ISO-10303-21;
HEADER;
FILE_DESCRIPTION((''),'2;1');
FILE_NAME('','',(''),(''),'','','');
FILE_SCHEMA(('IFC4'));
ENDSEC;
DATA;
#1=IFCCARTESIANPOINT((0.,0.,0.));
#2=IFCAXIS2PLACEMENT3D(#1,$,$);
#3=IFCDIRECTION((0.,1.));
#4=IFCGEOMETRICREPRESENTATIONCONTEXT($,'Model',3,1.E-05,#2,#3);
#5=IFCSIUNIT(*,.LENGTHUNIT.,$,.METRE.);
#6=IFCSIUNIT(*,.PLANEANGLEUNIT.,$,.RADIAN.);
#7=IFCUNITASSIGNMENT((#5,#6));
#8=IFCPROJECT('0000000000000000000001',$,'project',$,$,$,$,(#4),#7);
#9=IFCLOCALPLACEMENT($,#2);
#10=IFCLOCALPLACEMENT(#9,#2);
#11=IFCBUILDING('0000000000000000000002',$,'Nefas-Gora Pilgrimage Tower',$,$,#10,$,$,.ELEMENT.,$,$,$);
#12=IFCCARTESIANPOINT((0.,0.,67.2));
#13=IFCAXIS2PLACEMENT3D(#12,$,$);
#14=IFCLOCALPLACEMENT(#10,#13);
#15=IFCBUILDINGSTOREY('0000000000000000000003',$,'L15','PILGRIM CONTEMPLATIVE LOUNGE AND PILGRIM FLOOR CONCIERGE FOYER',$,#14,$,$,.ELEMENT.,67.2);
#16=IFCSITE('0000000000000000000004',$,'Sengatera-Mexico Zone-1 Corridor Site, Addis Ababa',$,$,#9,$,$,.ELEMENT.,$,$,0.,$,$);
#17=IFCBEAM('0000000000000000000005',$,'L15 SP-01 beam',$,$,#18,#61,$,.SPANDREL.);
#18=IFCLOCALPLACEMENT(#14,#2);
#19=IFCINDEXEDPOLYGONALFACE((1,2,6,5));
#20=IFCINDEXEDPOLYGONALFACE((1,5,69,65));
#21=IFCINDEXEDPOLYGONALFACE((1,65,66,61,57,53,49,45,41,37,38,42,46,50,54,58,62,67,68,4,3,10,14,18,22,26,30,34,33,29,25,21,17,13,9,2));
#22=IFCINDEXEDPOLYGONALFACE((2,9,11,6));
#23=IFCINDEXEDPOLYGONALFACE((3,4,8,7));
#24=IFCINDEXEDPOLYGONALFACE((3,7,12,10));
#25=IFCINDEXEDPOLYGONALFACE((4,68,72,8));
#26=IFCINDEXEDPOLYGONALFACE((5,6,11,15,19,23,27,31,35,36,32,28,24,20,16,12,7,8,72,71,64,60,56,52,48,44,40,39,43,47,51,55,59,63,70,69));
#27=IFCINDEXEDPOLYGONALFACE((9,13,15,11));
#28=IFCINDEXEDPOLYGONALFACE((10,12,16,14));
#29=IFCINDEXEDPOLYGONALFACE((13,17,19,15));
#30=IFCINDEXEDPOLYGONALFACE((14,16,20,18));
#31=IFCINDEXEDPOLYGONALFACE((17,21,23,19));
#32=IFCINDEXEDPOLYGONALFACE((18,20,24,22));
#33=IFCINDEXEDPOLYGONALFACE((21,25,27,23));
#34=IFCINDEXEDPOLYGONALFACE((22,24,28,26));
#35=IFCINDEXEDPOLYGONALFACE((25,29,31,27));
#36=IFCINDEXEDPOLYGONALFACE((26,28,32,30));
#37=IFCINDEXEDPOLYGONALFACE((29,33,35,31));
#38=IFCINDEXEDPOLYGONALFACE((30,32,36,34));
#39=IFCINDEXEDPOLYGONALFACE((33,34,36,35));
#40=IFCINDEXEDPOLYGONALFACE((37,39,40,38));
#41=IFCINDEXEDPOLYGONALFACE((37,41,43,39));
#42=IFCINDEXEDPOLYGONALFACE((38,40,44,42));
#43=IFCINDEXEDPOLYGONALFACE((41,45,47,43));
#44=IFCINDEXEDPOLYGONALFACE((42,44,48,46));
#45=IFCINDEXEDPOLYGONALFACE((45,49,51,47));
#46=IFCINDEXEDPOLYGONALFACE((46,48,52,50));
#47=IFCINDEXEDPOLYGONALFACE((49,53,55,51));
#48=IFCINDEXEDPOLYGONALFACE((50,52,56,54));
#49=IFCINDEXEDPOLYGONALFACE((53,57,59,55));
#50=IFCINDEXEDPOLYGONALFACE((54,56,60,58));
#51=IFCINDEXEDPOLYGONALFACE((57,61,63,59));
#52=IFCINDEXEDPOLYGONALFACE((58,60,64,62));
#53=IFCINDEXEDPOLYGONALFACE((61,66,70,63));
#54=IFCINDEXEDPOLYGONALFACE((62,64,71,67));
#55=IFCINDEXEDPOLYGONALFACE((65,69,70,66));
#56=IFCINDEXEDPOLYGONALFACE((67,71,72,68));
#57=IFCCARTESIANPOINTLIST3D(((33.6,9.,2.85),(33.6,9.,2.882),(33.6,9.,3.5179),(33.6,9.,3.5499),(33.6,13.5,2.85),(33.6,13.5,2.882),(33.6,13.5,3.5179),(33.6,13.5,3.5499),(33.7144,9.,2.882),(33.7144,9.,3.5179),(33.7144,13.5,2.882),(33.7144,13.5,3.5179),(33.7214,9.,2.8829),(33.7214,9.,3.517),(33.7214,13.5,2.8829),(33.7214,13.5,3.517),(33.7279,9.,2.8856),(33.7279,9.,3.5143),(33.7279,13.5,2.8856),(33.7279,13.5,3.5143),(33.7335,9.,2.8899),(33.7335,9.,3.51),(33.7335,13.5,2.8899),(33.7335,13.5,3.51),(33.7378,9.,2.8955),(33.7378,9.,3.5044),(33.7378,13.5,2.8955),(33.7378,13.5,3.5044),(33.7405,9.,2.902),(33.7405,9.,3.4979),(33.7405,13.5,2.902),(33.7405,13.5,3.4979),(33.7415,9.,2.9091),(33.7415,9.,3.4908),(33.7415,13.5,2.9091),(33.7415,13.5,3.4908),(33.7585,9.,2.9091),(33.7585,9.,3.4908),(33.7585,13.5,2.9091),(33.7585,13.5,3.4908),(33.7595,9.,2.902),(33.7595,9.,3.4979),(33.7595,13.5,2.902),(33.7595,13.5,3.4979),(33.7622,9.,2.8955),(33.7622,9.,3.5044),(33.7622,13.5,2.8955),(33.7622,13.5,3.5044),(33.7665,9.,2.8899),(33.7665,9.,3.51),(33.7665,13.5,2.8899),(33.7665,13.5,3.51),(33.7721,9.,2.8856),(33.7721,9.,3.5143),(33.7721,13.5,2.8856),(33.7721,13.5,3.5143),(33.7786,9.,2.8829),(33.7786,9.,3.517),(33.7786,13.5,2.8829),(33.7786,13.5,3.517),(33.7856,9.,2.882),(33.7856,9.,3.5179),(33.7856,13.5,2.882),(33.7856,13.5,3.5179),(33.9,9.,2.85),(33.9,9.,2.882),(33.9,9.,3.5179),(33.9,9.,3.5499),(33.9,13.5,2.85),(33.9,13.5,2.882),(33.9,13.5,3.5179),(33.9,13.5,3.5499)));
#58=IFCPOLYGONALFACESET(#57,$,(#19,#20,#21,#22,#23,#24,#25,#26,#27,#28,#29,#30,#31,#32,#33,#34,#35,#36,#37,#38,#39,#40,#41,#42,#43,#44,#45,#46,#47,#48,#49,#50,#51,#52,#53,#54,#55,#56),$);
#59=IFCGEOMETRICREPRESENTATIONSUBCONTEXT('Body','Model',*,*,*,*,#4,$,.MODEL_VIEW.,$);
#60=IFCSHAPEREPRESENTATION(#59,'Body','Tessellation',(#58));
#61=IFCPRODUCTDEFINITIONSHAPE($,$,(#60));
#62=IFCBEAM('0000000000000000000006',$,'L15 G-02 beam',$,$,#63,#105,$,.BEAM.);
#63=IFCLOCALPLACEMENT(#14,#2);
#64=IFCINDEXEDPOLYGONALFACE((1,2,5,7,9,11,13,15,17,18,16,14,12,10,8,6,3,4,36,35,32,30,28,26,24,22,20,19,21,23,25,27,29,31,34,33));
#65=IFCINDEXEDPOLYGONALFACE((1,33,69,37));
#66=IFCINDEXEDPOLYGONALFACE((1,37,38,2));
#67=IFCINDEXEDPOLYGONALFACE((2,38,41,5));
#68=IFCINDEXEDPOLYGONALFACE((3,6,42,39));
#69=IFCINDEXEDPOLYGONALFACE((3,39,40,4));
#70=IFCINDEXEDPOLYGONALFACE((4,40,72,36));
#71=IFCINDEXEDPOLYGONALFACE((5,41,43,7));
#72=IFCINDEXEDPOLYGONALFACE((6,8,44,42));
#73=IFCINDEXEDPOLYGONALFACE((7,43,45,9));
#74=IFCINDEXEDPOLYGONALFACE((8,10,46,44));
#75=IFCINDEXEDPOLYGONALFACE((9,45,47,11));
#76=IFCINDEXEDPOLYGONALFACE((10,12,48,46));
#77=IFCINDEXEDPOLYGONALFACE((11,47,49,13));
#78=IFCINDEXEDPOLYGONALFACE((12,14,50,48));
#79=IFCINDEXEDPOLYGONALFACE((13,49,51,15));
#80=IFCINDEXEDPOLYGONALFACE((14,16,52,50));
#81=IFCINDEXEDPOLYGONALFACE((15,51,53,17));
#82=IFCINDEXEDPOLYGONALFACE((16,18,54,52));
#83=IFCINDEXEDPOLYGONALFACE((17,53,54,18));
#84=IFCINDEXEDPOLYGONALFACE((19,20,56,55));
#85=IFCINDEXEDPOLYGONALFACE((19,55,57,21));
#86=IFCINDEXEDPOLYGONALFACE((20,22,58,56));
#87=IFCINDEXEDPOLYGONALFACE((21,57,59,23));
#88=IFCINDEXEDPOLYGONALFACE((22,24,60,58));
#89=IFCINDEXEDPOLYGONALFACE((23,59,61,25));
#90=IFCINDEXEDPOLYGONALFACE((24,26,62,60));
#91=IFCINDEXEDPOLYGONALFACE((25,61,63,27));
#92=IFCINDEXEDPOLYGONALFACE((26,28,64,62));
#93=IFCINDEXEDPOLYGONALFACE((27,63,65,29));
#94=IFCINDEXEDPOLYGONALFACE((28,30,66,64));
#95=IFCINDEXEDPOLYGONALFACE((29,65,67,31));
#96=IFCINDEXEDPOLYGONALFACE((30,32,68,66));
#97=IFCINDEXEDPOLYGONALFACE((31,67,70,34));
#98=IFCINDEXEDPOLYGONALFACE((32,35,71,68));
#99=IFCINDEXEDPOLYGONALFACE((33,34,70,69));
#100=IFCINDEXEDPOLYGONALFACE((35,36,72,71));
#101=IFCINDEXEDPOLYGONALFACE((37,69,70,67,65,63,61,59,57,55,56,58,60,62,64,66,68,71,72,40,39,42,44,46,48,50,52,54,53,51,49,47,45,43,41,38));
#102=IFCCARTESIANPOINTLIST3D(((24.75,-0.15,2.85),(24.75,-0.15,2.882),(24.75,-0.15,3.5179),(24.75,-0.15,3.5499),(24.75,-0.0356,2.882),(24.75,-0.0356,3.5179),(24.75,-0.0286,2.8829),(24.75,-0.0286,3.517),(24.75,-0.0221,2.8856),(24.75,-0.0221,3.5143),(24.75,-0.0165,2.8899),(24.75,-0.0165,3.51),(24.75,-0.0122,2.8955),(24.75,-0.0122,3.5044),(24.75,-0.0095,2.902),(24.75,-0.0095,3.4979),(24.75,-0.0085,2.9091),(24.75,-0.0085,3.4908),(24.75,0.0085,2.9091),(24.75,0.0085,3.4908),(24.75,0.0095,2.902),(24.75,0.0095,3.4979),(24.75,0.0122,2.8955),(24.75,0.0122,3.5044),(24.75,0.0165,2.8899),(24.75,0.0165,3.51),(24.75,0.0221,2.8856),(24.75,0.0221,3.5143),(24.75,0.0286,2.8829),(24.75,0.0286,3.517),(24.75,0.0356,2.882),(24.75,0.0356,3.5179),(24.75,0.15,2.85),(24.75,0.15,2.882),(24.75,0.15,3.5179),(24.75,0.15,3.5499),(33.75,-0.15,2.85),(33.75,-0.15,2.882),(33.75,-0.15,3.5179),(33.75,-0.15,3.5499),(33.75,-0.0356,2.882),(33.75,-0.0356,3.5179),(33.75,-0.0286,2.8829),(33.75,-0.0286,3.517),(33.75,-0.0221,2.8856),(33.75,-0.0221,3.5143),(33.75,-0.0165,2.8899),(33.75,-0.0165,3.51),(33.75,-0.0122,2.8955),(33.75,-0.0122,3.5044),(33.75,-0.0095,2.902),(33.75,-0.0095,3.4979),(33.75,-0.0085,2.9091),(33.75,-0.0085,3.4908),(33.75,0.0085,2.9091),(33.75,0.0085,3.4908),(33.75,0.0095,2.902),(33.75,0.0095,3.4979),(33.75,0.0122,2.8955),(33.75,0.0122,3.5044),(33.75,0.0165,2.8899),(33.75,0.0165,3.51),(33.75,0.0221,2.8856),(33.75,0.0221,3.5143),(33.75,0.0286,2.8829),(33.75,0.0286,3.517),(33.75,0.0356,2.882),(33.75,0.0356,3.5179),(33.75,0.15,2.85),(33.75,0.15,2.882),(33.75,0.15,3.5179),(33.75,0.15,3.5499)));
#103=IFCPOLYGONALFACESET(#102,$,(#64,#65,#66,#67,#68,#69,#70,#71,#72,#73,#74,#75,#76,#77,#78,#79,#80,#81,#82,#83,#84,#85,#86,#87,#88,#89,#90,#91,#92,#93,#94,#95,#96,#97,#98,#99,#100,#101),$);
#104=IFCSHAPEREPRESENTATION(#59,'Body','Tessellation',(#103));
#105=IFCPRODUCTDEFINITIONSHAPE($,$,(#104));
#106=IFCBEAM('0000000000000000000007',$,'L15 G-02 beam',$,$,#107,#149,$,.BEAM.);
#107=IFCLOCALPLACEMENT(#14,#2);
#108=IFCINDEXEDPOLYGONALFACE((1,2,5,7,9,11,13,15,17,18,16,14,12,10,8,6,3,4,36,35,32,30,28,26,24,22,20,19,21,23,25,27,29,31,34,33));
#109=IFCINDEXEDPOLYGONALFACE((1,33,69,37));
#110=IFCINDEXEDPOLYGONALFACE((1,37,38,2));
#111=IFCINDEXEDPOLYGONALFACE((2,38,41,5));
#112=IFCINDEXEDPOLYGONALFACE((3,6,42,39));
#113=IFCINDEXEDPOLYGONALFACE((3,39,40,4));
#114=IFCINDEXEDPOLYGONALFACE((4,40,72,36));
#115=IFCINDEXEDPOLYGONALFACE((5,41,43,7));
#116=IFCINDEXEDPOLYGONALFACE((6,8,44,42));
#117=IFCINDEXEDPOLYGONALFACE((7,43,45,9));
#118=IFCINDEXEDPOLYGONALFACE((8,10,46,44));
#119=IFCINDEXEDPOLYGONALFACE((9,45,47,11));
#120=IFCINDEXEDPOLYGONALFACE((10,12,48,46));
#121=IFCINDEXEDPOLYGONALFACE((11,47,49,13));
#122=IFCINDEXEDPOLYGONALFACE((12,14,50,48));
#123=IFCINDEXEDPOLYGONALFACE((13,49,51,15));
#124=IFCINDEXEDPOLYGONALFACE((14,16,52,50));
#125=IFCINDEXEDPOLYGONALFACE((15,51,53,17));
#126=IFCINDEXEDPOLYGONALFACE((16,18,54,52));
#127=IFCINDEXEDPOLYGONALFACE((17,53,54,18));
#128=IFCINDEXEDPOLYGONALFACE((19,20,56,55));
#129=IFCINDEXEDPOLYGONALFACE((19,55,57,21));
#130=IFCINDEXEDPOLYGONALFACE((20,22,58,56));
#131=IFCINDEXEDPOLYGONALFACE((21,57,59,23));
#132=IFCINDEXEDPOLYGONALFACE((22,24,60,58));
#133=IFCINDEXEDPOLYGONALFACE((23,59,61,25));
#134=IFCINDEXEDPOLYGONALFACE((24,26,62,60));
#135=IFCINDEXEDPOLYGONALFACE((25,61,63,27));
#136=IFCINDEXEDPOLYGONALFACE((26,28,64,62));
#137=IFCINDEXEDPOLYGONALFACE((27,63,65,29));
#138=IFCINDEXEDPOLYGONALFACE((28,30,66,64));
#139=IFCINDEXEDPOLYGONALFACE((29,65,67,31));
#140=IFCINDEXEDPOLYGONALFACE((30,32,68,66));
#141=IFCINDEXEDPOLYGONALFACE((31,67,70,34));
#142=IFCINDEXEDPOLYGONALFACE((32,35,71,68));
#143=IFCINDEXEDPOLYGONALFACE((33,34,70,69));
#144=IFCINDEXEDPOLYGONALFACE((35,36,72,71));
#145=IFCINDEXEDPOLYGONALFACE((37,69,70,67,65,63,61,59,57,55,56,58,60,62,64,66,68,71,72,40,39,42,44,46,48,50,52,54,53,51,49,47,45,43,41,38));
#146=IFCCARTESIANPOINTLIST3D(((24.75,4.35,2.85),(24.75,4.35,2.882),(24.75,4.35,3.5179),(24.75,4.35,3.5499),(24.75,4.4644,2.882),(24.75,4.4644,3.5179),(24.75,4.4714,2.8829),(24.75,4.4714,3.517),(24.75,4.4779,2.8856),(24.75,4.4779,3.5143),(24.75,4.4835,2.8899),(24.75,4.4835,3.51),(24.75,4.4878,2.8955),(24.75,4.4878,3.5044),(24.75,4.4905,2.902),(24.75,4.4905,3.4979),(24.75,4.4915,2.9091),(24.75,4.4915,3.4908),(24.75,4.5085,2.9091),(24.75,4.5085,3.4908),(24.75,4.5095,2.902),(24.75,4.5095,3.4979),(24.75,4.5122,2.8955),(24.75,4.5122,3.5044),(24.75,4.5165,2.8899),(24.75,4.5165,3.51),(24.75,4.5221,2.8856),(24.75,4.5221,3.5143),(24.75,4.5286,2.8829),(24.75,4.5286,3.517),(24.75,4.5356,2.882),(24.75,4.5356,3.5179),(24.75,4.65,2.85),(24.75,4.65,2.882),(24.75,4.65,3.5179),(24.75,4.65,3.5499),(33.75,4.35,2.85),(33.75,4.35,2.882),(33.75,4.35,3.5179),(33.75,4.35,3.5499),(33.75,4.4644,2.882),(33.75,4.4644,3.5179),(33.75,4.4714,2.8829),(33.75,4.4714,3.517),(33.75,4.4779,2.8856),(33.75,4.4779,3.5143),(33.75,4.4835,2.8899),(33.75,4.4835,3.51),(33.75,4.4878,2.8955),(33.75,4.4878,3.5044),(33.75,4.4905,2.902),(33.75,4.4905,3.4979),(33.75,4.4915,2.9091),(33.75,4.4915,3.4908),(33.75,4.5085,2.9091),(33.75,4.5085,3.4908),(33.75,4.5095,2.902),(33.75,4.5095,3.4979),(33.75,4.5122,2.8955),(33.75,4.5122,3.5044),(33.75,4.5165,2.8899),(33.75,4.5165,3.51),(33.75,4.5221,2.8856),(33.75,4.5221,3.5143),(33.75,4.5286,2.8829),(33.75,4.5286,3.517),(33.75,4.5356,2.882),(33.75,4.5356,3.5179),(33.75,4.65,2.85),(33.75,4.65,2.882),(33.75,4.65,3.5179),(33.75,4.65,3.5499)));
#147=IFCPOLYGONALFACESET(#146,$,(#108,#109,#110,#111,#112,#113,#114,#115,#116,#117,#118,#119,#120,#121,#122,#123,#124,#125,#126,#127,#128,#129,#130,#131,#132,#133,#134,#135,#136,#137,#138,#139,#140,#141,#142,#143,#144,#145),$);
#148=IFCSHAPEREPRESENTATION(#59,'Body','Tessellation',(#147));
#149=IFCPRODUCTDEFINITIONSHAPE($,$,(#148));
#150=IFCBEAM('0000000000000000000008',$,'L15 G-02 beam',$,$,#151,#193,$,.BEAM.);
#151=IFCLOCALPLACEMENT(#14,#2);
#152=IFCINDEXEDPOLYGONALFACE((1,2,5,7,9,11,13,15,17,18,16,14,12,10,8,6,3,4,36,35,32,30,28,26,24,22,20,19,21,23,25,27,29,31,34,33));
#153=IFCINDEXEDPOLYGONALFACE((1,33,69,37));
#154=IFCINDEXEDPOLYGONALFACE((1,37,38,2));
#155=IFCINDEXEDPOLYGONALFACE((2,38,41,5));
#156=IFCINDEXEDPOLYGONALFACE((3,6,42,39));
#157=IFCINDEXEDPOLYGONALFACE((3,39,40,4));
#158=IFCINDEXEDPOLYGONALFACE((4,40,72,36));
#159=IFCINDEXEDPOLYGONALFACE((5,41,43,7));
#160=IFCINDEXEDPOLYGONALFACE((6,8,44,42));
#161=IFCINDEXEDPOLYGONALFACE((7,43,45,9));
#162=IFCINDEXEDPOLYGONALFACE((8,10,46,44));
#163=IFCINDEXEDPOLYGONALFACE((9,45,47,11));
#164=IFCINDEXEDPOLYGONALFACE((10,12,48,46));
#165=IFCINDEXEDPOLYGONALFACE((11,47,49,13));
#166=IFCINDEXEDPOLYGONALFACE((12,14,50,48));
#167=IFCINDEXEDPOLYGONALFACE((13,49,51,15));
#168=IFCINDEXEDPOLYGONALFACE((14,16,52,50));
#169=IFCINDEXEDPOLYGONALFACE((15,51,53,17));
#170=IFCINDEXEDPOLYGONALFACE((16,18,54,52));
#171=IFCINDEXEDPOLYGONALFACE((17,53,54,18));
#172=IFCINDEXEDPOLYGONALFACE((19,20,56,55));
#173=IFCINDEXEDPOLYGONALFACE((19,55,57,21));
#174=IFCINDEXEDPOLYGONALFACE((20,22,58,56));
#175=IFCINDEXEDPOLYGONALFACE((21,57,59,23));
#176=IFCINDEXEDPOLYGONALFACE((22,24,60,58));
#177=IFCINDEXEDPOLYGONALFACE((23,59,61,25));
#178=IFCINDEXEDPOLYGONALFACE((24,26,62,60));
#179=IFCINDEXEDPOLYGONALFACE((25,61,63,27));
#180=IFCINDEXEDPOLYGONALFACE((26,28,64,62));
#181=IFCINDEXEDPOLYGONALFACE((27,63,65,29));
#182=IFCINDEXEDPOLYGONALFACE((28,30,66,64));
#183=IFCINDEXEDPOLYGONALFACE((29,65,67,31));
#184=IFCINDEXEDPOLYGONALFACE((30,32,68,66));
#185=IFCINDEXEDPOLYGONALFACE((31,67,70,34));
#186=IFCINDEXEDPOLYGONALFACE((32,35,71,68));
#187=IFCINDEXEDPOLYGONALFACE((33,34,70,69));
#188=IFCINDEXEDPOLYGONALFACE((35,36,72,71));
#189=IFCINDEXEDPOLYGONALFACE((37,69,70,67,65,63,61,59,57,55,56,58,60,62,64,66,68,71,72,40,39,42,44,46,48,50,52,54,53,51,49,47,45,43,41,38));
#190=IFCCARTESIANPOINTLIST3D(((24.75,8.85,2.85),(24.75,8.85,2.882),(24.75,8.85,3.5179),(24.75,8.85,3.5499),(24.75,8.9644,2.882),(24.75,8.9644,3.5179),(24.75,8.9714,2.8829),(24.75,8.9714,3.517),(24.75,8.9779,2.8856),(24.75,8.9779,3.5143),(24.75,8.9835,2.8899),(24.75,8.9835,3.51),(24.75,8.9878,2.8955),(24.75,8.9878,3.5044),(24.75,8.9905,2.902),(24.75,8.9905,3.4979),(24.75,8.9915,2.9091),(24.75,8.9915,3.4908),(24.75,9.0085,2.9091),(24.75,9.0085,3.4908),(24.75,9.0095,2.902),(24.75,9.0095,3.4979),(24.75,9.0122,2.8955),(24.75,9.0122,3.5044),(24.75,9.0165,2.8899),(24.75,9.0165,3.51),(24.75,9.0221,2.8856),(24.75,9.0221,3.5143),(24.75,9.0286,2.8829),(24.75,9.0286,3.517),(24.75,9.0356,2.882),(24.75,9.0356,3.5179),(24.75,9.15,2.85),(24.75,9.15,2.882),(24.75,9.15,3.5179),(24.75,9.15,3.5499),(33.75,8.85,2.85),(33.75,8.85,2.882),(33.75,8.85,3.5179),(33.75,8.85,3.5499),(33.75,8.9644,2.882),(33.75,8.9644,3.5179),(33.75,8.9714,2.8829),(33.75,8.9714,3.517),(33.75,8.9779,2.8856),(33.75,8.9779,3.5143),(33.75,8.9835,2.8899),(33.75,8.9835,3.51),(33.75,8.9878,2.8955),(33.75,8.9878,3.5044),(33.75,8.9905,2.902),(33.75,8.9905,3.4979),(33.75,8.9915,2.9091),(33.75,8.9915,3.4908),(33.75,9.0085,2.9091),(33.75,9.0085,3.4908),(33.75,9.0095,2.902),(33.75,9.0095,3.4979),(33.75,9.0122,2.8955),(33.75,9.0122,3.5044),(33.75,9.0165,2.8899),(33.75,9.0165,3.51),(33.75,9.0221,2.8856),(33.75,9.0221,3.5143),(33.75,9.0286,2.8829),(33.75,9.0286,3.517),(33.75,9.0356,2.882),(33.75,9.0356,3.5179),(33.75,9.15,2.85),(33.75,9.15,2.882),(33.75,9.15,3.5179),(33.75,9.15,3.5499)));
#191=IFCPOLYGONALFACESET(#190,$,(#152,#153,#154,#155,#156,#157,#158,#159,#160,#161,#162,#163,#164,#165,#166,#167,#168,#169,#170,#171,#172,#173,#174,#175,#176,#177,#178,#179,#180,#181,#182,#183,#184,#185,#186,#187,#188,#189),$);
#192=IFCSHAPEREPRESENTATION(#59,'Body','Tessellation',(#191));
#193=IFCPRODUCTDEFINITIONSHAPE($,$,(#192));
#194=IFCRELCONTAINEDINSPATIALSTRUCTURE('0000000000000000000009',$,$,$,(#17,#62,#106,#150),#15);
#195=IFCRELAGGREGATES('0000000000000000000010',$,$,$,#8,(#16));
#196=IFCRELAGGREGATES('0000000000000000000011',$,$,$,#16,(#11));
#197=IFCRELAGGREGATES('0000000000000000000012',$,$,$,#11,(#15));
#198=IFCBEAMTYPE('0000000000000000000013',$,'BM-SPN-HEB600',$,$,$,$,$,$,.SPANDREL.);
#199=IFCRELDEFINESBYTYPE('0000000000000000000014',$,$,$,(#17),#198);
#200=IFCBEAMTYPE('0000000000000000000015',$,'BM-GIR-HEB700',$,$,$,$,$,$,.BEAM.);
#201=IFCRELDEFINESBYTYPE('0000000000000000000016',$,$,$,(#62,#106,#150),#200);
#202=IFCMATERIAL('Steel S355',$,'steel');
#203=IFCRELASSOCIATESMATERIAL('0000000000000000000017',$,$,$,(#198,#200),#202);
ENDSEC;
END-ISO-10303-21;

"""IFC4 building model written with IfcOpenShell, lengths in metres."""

from ifc_helpers import new_model, si_unit, direction, frame, origin, origin_2d, place, context, subcontext, project, spatial, i_section, extrude, source, transform, mapped, material, material_profile, profile_set, type_object, element, save


model = new_model("IFC4")

# Units and contexts
model_context = context("Model", 3, precision=1e-05, world=origin(), true_north=direction((0.0, 1.0)))
body_context = subcontext(model_context, "Body", "Model", "MODEL_VIEW")
ifc_project = project(units=[si_unit("LENGTHUNIT", "METRE"), si_unit("PLANEANGLEUNIT", "RADIAN")], contexts=[model_context])

# Site, building, storey
site_placement = place(None, origin())
site = spatial("IfcSite", under=ifc_project, at=site_placement, Name="Sengatera-Mexico Zone-1 Corridor Site, Addis Ababa", CompositionType="ELEMENT", RefElevation=0.0)
building_placement = place(site_placement, origin())
building = spatial("IfcBuilding", under=site, at=building_placement, Name="Nefas-Gora Pilgrimage Tower", CompositionType="ELEMENT")
storey_placement = place(building_placement, frame((0.0, 0.0, 67.2)))
storey = spatial("IfcBuildingStorey", under=building, at=storey_placement, Name="L15", Description="PILGRIM CONTEMPLATIVE LOUNGE AND PILGRIM FLOOR CONCIERGE FOYER", CompositionType="ELEMENT", Elevation=67.2)

# Beams
ifc_material_1 = material(Name="Steel S355", Category="steel")
ifc_material_profile_1 = material_profile(ifc_material_1, i_section(OverallWidth=0.3, OverallDepth=0.7, WebThickness=0.0171, FlangeThickness=0.032, FilletRadius=0.0271, at=origin_2d()), Name="HEB 700")
ifc_profile_set_1 = profile_set([ifc_material_profile_1], Name="Steel S355")
beam_type_1 = type_object("IfcBeamType", Name="BM-SPN-HEB600", PredefinedType="SPANDREL", material=ifc_profile_set_1)
shared_shape_1 = source(origin(), body_context, "Body", "SweptSolid", [
    extrude(i_section(OverallWidth=0.3, OverallDepth=0.7, WebThickness=0.0171, FlangeThickness=0.032, FilletRadius=0.0271, at=origin_2d()), origin(), (0.0, 0.0, 1.0), 4.5),
])
for number, where, z_axis, x_axis, name in (
    (1, (33.75, 9.0, 3.2), (0.0, 1.0, 0.0), (-1.0, 0.0, 0.0), "L15 SP-01 beam"),
):
    element("IfcBeam", number, at=place(storey_placement, frame(where, z_axis=z_axis, x_axis=x_axis)), inside=storey, type_object=beam_type_1, Name=name, PredefinedType="SPANDREL", context=body_context, shape_type="MappedRepresentation", body=[
        mapped(shared_shape_1, transform((0.0, 0.0, 0.0), x_axis=(1.0, 0.0, 0.0), y_axis=(0.0, 1.0, 0.0), z_axis=(0.0, 0.0, 1.0), scale=1.0)),
    ])
ifc_material_profile_2 = material_profile(ifc_material_1, i_section(OverallWidth=0.3, OverallDepth=0.7, WebThickness=0.0171, FlangeThickness=0.032, FilletRadius=0.0271, at=origin_2d()), Name="HEB 700")
ifc_profile_set_2 = profile_set([ifc_material_profile_2], Name="Steel S355")
beam_type_2 = type_object("IfcBeamType", Name="BM-GIR-HEB700", PredefinedType="BEAM", material=ifc_profile_set_2)
shared_shape_2 = source(origin(), body_context, "Body", "SweptSolid", [
    extrude(i_section(OverallWidth=0.3, OverallDepth=0.7, WebThickness=0.0171, FlangeThickness=0.032, FilletRadius=0.0271, at=origin_2d()), origin(), (0.0, 0.0, 1.0), 9.0),
])
for number, where, z_axis, x_axis, name in (
    (2, (24.75, 0.0, 3.2), (1.0, 0.0, 0.0), (0.0, 1.0, 0.0), "L15 G-02 beam"),
    (3, (24.75, 4.5, 3.2), (1.0, 0.0, 0.0), (0.0, 1.0, 0.0), "L15 G-02 beam"),
    (4, (24.75, 9.0, 3.2), (1.0, 0.0, 0.0), (0.0, 1.0, 0.0), "L15 G-02 beam"),
):
    element("IfcBeam", number, at=place(storey_placement, frame(where, z_axis=z_axis, x_axis=x_axis)), inside=storey, type_object=beam_type_2, Name=name, PredefinedType="BEAM", context=body_context, shape_type="MappedRepresentation", body=[
        mapped(shared_shape_2, transform((0.0, 0.0, 0.0), x_axis=(1.0, 0.0, 0.0), y_axis=(0.0, 1.0, 0.0), z_axis=(0.0, 0.0, 1.0), scale=1.0)),
    ])

save(model, "model.ifc")
